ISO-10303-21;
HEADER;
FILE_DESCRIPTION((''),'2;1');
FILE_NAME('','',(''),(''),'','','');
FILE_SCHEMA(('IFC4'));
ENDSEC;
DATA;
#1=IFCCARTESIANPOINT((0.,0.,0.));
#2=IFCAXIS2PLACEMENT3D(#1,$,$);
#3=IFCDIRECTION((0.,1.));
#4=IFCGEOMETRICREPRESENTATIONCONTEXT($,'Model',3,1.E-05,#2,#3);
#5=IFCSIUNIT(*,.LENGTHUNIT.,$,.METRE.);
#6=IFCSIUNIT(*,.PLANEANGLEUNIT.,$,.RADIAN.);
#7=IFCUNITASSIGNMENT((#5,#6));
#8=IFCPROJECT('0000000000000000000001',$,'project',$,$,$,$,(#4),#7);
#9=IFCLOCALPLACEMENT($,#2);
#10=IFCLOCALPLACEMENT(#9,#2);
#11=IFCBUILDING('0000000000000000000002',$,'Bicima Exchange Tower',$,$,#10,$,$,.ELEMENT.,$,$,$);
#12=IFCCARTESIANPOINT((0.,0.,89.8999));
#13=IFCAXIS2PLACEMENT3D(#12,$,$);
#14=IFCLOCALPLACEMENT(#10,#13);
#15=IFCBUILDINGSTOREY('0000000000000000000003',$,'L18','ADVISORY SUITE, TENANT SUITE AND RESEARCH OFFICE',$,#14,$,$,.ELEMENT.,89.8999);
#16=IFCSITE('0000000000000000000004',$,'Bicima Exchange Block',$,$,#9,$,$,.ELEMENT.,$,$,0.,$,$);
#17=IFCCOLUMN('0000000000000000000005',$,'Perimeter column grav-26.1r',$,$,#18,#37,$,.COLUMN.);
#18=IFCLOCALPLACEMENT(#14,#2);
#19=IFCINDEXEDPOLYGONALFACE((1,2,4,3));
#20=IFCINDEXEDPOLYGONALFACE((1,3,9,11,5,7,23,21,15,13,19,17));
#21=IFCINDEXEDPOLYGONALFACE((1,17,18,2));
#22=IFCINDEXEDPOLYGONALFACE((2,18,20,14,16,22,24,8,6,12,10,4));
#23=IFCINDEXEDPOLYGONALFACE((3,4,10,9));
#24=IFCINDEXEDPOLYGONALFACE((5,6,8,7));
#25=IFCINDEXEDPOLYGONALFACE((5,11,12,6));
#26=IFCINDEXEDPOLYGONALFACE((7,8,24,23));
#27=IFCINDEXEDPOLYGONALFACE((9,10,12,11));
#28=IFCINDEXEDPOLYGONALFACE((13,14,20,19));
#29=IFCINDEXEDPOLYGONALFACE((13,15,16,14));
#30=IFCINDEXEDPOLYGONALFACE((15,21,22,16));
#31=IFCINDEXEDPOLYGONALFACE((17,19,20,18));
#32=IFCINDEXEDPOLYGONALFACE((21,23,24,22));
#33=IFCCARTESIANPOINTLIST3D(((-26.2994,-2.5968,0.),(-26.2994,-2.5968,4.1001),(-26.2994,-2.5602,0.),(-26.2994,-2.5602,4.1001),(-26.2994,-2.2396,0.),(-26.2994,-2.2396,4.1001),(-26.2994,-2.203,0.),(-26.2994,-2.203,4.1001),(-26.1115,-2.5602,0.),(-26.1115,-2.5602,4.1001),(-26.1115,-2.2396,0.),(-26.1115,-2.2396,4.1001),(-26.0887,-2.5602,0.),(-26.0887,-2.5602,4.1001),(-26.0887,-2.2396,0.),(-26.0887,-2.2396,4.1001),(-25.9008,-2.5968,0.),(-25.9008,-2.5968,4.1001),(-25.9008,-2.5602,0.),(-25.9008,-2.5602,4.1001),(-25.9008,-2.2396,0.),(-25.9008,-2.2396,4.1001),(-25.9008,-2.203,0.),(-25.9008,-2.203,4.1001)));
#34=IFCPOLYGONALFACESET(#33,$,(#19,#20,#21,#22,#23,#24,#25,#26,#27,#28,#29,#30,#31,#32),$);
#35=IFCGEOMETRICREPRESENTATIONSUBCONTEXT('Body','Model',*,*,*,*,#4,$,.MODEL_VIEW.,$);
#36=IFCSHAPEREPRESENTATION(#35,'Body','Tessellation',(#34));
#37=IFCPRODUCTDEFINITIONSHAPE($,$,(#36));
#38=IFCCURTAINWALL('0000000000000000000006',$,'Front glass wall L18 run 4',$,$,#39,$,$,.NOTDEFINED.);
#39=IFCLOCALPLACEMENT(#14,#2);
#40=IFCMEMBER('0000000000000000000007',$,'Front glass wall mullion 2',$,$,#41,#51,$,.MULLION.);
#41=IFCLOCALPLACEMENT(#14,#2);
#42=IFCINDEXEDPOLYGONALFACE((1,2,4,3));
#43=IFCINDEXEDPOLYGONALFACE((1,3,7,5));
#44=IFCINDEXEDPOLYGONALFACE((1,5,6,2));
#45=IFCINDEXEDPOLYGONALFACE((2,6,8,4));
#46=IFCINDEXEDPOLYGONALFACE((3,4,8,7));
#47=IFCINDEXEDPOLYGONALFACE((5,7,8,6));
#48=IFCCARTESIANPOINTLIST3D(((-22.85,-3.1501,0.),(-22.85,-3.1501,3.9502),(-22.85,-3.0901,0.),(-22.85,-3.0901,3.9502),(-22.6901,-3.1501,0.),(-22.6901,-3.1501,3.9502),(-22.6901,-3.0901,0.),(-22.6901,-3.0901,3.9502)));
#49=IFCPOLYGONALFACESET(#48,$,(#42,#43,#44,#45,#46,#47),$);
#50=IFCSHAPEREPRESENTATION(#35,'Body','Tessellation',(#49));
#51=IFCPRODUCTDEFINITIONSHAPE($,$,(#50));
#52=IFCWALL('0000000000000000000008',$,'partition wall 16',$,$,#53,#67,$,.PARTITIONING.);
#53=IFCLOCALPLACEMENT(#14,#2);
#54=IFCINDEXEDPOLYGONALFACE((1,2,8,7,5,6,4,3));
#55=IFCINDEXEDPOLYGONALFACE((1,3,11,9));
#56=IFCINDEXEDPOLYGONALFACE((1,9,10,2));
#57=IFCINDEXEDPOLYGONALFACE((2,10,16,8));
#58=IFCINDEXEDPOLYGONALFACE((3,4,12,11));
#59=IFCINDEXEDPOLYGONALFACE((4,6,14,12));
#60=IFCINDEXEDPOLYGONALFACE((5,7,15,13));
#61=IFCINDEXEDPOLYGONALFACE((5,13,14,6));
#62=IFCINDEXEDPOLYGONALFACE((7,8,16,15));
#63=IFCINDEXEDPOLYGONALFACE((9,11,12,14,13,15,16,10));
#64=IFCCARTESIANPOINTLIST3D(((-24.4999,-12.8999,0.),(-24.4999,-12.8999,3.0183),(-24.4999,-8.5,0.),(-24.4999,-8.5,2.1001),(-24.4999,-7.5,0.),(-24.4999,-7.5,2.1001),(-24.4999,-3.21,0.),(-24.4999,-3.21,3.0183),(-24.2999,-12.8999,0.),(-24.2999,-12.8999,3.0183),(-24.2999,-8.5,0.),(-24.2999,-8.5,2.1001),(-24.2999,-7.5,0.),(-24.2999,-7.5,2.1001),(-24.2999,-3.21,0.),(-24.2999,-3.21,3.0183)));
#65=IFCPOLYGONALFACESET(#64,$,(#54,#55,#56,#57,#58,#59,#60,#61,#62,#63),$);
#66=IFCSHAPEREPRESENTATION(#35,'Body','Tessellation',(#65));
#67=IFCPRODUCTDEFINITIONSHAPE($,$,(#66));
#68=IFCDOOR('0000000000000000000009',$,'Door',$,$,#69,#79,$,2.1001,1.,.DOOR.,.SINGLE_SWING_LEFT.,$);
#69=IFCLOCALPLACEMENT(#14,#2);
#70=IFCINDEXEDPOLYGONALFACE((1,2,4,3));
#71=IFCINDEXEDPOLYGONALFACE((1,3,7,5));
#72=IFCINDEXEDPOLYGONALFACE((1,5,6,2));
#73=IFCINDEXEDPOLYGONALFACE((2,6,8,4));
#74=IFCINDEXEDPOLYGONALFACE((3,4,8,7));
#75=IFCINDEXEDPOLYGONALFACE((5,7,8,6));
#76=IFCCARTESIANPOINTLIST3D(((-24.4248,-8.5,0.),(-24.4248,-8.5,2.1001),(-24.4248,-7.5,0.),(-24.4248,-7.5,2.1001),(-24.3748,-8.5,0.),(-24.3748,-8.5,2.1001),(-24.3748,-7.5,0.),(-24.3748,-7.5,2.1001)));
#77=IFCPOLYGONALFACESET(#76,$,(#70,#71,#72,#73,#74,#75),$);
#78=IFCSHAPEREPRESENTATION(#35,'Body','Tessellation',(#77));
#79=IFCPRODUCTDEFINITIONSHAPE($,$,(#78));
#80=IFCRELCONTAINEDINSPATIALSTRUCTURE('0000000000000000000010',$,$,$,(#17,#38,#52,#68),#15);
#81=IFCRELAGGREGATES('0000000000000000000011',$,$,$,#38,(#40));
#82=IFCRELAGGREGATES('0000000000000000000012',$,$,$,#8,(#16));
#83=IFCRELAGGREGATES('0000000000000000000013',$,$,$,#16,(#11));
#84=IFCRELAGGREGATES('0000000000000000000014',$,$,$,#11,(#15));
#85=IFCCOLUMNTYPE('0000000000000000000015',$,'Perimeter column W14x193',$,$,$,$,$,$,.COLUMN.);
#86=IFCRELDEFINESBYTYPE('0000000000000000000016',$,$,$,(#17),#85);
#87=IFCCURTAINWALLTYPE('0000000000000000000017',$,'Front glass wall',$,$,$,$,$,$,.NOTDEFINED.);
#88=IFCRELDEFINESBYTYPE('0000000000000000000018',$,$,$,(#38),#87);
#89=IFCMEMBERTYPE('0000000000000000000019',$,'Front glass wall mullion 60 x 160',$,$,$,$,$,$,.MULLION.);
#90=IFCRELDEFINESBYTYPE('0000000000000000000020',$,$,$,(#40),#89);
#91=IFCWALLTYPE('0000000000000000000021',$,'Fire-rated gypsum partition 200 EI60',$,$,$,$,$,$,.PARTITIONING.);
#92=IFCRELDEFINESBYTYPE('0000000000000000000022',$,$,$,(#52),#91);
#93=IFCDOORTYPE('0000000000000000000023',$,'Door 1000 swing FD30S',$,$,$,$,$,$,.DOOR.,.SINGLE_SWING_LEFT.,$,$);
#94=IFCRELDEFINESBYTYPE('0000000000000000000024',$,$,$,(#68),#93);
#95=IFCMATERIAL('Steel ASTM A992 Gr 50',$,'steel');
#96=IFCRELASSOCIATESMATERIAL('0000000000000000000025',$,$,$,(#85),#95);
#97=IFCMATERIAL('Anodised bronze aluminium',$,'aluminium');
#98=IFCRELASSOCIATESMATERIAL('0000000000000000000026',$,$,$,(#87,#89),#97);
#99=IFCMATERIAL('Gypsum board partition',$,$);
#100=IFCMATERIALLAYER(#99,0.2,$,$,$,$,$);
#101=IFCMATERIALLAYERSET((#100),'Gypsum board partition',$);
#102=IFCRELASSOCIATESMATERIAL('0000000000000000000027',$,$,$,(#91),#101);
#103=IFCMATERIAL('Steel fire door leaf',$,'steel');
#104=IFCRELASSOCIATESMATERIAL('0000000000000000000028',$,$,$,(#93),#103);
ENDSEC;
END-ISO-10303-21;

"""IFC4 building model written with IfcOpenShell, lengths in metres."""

from ifc_helpers import new_model, si_unit, direction, frame, frame_2d, origin, origin_2d, place, context, subcontext, project, spatial, rectangle, i_section, extrude, material, layer, layer_set, material_profile, profile_set, type_object, element, fill, aggregate, save


model = new_model("IFC4")

# Units and contexts
model_context = context("Model", 3, precision=1e-05, world=origin(), true_north=direction((0.0, 1.0)))
body_context = subcontext(model_context, "Body", "Model", "MODEL_VIEW")
ifc_project = project(units=[si_unit("LENGTHUNIT", "METRE"), si_unit("PLANEANGLEUNIT", "RADIAN")], contexts=[model_context])

# Site, building, storey
site_placement = place(None, origin())
site = spatial("IfcSite", under=ifc_project, at=site_placement, Name="Bicima Exchange Block", CompositionType="ELEMENT", RefElevation=0.0)
building_placement = place(site_placement, origin())
building = spatial("IfcBuilding", under=site, at=building_placement, Name="Bicima Exchange Tower", CompositionType="ELEMENT")
storey_placement = place(building_placement, frame((0.0, 0.0, 89.8999)))
storey = spatial("IfcBuildingStorey", under=building, at=storey_placement, Name="L18", Description="ADVISORY SUITE, TENANT SUITE AND RESEARCH OFFICE", CompositionType="ELEMENT", Elevation=89.8999)

# Column
ifc_material_1 = material(Name="Steel ASTM A992 Gr 50", Category="steel")
ifc_material_profile_1 = material_profile(ifc_material_1, i_section(OverallWidth=0.3987, OverallDepth=0.3938, WebThickness=0.0227, FlangeThickness=0.0366, at=origin_2d()))
ifc_profile_set_1 = profile_set([ifc_material_profile_1], Name="Steel ASTM A992 Gr 50")
column_type = type_object("IfcColumnType", Name="Perimeter column W14x193", PredefinedType="COLUMN", material=ifc_profile_set_1)
column_placement = place(storey_placement, frame((-26.1001, -2.3999, 0.0), z_axis=(0.0, 0.0, 1.0), x_axis=(1.0, 0.0, 0.0)))
element("IfcColumn", 1, at=column_placement, inside=storey, type_object=column_type, Name="Perimeter column grav-26.1r", PredefinedType="COLUMN", context=body_context, shape_type="SweptSolid", body=[
    extrude(i_section(OverallWidth=0.3987, OverallDepth=0.3938, WebThickness=0.0227, FlangeThickness=0.0366, at=origin_2d()), origin(), (0.0, 0.0, 1.0), 4.1001),
])

# Curtain wall, member
ifc_material_2 = material(Name="Anodised bronze aluminium", Category="aluminium")
curtain_wall_type = type_object("IfcCurtainWallType", Name="Front glass wall", PredefinedType="NOTDEFINED", material=ifc_material_2)
curtain_wall_placement = place(storey_placement, origin())
curtain_wall = element("IfcCurtainWall", 2, at=curtain_wall_placement, inside=storey, type_object=curtain_wall_type, Name="Front glass wall L18 run 4", PredefinedType="NOTDEFINED")
ifc_material_profile_2 = material_profile(ifc_material_2, rectangle(XDim=0.1599, YDim=0.0601, at=origin_2d()))
ifc_profile_set_2 = profile_set([ifc_material_profile_2], Name="Anodised bronze aluminium")
member_type = type_object("IfcMemberType", Name="Front glass wall mullion 60 x 160", PredefinedType="MULLION", material=ifc_profile_set_2)
member_placement = place(storey_placement, frame((-22.77, -3.1201, 0.0), z_axis=(0.0, 0.0, 1.0), x_axis=(1.0, 0.0, 0.0)))
member = element("IfcMember", 3, at=member_placement, type_object=member_type, Name="Front glass wall mullion 2", PredefinedType="MULLION", context=body_context, shape_type="SweptSolid", body=[
    extrude(rectangle(XDim=0.1599, YDim=0.0601, at=origin_2d()), origin(), (0.0, 0.0, 1.0), 3.9502),
])
aggregate(curtain_wall, [member])

# Wall, opening, door
ifc_material_3 = material(Name="Gypsum board partition")
ifc_layer_1 = layer(ifc_material_3, 0.2)
ifc_layer_set_1 = layer_set([ifc_layer_1], Name="Gypsum board partition")
wall_type_1 = type_object("IfcWallType", Name="Fire-rated gypsum partition 200 EI60", PredefinedType="PARTITIONING", material=ifc_layer_set_1)
wall_1_placement = place(storey_placement, frame((-24.3999, -12.8999, 0.0), z_axis=(0.0, 0.0, 1.0), x_axis=(0.0, 1.0, 0.0)))
wall_1 = element("IfcWall", 4, at=wall_1_placement, inside=storey, type_object=wall_type_1, Name="partition wall 16", PredefinedType="PARTITIONING", context=body_context, shape_type="SweptSolid", body=[
    extrude(rectangle(XDim=9.6899, YDim=0.2, at=frame_2d((4.845, 0.0))), origin(), (0.0, 0.0, 1.0), 3.0183),
])
opening_1_placement = place(wall_1_placement, frame((4.3999, 0.0, 0.0)))
opening_1 = element("IfcOpeningElement", 5, at=opening_1_placement, cuts=wall_1, PredefinedType="OPENING", context=body_context, shape_type="SweptSolid", body=[
    extrude(rectangle(XDim=1.0, YDim=2.1001, at=frame_2d((0.5, 1.05))), frame((0.0, 0.1118, 0.0), z_axis=(0.0, -1.0, 0.0), x_axis=(1.0, 0.0, 0.0)), (0.0, 0.0, 1.0), 0.2239),
])
ifc_material_4 = material(Name="Steel fire door leaf", Category="steel")
door_type_1 = type_object("IfcDoorType", Name="Door 1000 swing FD30S", OperationType="SINGLE_SWING_LEFT", PredefinedType="DOOR", material=ifc_material_4)
door_1_placement = place(opening_1_placement, origin())
door_1 = element("IfcDoor", 6, at=door_1_placement, inside=storey, type_object=door_type_1, Name="Door", OperationType="SINGLE_SWING_LEFT", OverallHeight=2.1001, OverallWidth=1.0, PredefinedType="DOOR", context=body_context, shape_type="SweptSolid", body=[
    extrude(rectangle(XDim=1.0, YDim=2.1001, at=frame_2d((0.5, 1.05))), frame((0.0, 0.0249, 0.0), z_axis=(0.0, -1.0, 0.0), x_axis=(1.0, 0.0, 0.0)), (0.0, 0.0, 1.0), 0.05),
])
fill(opening_1, door_1)

save(model, "model.ifc")
